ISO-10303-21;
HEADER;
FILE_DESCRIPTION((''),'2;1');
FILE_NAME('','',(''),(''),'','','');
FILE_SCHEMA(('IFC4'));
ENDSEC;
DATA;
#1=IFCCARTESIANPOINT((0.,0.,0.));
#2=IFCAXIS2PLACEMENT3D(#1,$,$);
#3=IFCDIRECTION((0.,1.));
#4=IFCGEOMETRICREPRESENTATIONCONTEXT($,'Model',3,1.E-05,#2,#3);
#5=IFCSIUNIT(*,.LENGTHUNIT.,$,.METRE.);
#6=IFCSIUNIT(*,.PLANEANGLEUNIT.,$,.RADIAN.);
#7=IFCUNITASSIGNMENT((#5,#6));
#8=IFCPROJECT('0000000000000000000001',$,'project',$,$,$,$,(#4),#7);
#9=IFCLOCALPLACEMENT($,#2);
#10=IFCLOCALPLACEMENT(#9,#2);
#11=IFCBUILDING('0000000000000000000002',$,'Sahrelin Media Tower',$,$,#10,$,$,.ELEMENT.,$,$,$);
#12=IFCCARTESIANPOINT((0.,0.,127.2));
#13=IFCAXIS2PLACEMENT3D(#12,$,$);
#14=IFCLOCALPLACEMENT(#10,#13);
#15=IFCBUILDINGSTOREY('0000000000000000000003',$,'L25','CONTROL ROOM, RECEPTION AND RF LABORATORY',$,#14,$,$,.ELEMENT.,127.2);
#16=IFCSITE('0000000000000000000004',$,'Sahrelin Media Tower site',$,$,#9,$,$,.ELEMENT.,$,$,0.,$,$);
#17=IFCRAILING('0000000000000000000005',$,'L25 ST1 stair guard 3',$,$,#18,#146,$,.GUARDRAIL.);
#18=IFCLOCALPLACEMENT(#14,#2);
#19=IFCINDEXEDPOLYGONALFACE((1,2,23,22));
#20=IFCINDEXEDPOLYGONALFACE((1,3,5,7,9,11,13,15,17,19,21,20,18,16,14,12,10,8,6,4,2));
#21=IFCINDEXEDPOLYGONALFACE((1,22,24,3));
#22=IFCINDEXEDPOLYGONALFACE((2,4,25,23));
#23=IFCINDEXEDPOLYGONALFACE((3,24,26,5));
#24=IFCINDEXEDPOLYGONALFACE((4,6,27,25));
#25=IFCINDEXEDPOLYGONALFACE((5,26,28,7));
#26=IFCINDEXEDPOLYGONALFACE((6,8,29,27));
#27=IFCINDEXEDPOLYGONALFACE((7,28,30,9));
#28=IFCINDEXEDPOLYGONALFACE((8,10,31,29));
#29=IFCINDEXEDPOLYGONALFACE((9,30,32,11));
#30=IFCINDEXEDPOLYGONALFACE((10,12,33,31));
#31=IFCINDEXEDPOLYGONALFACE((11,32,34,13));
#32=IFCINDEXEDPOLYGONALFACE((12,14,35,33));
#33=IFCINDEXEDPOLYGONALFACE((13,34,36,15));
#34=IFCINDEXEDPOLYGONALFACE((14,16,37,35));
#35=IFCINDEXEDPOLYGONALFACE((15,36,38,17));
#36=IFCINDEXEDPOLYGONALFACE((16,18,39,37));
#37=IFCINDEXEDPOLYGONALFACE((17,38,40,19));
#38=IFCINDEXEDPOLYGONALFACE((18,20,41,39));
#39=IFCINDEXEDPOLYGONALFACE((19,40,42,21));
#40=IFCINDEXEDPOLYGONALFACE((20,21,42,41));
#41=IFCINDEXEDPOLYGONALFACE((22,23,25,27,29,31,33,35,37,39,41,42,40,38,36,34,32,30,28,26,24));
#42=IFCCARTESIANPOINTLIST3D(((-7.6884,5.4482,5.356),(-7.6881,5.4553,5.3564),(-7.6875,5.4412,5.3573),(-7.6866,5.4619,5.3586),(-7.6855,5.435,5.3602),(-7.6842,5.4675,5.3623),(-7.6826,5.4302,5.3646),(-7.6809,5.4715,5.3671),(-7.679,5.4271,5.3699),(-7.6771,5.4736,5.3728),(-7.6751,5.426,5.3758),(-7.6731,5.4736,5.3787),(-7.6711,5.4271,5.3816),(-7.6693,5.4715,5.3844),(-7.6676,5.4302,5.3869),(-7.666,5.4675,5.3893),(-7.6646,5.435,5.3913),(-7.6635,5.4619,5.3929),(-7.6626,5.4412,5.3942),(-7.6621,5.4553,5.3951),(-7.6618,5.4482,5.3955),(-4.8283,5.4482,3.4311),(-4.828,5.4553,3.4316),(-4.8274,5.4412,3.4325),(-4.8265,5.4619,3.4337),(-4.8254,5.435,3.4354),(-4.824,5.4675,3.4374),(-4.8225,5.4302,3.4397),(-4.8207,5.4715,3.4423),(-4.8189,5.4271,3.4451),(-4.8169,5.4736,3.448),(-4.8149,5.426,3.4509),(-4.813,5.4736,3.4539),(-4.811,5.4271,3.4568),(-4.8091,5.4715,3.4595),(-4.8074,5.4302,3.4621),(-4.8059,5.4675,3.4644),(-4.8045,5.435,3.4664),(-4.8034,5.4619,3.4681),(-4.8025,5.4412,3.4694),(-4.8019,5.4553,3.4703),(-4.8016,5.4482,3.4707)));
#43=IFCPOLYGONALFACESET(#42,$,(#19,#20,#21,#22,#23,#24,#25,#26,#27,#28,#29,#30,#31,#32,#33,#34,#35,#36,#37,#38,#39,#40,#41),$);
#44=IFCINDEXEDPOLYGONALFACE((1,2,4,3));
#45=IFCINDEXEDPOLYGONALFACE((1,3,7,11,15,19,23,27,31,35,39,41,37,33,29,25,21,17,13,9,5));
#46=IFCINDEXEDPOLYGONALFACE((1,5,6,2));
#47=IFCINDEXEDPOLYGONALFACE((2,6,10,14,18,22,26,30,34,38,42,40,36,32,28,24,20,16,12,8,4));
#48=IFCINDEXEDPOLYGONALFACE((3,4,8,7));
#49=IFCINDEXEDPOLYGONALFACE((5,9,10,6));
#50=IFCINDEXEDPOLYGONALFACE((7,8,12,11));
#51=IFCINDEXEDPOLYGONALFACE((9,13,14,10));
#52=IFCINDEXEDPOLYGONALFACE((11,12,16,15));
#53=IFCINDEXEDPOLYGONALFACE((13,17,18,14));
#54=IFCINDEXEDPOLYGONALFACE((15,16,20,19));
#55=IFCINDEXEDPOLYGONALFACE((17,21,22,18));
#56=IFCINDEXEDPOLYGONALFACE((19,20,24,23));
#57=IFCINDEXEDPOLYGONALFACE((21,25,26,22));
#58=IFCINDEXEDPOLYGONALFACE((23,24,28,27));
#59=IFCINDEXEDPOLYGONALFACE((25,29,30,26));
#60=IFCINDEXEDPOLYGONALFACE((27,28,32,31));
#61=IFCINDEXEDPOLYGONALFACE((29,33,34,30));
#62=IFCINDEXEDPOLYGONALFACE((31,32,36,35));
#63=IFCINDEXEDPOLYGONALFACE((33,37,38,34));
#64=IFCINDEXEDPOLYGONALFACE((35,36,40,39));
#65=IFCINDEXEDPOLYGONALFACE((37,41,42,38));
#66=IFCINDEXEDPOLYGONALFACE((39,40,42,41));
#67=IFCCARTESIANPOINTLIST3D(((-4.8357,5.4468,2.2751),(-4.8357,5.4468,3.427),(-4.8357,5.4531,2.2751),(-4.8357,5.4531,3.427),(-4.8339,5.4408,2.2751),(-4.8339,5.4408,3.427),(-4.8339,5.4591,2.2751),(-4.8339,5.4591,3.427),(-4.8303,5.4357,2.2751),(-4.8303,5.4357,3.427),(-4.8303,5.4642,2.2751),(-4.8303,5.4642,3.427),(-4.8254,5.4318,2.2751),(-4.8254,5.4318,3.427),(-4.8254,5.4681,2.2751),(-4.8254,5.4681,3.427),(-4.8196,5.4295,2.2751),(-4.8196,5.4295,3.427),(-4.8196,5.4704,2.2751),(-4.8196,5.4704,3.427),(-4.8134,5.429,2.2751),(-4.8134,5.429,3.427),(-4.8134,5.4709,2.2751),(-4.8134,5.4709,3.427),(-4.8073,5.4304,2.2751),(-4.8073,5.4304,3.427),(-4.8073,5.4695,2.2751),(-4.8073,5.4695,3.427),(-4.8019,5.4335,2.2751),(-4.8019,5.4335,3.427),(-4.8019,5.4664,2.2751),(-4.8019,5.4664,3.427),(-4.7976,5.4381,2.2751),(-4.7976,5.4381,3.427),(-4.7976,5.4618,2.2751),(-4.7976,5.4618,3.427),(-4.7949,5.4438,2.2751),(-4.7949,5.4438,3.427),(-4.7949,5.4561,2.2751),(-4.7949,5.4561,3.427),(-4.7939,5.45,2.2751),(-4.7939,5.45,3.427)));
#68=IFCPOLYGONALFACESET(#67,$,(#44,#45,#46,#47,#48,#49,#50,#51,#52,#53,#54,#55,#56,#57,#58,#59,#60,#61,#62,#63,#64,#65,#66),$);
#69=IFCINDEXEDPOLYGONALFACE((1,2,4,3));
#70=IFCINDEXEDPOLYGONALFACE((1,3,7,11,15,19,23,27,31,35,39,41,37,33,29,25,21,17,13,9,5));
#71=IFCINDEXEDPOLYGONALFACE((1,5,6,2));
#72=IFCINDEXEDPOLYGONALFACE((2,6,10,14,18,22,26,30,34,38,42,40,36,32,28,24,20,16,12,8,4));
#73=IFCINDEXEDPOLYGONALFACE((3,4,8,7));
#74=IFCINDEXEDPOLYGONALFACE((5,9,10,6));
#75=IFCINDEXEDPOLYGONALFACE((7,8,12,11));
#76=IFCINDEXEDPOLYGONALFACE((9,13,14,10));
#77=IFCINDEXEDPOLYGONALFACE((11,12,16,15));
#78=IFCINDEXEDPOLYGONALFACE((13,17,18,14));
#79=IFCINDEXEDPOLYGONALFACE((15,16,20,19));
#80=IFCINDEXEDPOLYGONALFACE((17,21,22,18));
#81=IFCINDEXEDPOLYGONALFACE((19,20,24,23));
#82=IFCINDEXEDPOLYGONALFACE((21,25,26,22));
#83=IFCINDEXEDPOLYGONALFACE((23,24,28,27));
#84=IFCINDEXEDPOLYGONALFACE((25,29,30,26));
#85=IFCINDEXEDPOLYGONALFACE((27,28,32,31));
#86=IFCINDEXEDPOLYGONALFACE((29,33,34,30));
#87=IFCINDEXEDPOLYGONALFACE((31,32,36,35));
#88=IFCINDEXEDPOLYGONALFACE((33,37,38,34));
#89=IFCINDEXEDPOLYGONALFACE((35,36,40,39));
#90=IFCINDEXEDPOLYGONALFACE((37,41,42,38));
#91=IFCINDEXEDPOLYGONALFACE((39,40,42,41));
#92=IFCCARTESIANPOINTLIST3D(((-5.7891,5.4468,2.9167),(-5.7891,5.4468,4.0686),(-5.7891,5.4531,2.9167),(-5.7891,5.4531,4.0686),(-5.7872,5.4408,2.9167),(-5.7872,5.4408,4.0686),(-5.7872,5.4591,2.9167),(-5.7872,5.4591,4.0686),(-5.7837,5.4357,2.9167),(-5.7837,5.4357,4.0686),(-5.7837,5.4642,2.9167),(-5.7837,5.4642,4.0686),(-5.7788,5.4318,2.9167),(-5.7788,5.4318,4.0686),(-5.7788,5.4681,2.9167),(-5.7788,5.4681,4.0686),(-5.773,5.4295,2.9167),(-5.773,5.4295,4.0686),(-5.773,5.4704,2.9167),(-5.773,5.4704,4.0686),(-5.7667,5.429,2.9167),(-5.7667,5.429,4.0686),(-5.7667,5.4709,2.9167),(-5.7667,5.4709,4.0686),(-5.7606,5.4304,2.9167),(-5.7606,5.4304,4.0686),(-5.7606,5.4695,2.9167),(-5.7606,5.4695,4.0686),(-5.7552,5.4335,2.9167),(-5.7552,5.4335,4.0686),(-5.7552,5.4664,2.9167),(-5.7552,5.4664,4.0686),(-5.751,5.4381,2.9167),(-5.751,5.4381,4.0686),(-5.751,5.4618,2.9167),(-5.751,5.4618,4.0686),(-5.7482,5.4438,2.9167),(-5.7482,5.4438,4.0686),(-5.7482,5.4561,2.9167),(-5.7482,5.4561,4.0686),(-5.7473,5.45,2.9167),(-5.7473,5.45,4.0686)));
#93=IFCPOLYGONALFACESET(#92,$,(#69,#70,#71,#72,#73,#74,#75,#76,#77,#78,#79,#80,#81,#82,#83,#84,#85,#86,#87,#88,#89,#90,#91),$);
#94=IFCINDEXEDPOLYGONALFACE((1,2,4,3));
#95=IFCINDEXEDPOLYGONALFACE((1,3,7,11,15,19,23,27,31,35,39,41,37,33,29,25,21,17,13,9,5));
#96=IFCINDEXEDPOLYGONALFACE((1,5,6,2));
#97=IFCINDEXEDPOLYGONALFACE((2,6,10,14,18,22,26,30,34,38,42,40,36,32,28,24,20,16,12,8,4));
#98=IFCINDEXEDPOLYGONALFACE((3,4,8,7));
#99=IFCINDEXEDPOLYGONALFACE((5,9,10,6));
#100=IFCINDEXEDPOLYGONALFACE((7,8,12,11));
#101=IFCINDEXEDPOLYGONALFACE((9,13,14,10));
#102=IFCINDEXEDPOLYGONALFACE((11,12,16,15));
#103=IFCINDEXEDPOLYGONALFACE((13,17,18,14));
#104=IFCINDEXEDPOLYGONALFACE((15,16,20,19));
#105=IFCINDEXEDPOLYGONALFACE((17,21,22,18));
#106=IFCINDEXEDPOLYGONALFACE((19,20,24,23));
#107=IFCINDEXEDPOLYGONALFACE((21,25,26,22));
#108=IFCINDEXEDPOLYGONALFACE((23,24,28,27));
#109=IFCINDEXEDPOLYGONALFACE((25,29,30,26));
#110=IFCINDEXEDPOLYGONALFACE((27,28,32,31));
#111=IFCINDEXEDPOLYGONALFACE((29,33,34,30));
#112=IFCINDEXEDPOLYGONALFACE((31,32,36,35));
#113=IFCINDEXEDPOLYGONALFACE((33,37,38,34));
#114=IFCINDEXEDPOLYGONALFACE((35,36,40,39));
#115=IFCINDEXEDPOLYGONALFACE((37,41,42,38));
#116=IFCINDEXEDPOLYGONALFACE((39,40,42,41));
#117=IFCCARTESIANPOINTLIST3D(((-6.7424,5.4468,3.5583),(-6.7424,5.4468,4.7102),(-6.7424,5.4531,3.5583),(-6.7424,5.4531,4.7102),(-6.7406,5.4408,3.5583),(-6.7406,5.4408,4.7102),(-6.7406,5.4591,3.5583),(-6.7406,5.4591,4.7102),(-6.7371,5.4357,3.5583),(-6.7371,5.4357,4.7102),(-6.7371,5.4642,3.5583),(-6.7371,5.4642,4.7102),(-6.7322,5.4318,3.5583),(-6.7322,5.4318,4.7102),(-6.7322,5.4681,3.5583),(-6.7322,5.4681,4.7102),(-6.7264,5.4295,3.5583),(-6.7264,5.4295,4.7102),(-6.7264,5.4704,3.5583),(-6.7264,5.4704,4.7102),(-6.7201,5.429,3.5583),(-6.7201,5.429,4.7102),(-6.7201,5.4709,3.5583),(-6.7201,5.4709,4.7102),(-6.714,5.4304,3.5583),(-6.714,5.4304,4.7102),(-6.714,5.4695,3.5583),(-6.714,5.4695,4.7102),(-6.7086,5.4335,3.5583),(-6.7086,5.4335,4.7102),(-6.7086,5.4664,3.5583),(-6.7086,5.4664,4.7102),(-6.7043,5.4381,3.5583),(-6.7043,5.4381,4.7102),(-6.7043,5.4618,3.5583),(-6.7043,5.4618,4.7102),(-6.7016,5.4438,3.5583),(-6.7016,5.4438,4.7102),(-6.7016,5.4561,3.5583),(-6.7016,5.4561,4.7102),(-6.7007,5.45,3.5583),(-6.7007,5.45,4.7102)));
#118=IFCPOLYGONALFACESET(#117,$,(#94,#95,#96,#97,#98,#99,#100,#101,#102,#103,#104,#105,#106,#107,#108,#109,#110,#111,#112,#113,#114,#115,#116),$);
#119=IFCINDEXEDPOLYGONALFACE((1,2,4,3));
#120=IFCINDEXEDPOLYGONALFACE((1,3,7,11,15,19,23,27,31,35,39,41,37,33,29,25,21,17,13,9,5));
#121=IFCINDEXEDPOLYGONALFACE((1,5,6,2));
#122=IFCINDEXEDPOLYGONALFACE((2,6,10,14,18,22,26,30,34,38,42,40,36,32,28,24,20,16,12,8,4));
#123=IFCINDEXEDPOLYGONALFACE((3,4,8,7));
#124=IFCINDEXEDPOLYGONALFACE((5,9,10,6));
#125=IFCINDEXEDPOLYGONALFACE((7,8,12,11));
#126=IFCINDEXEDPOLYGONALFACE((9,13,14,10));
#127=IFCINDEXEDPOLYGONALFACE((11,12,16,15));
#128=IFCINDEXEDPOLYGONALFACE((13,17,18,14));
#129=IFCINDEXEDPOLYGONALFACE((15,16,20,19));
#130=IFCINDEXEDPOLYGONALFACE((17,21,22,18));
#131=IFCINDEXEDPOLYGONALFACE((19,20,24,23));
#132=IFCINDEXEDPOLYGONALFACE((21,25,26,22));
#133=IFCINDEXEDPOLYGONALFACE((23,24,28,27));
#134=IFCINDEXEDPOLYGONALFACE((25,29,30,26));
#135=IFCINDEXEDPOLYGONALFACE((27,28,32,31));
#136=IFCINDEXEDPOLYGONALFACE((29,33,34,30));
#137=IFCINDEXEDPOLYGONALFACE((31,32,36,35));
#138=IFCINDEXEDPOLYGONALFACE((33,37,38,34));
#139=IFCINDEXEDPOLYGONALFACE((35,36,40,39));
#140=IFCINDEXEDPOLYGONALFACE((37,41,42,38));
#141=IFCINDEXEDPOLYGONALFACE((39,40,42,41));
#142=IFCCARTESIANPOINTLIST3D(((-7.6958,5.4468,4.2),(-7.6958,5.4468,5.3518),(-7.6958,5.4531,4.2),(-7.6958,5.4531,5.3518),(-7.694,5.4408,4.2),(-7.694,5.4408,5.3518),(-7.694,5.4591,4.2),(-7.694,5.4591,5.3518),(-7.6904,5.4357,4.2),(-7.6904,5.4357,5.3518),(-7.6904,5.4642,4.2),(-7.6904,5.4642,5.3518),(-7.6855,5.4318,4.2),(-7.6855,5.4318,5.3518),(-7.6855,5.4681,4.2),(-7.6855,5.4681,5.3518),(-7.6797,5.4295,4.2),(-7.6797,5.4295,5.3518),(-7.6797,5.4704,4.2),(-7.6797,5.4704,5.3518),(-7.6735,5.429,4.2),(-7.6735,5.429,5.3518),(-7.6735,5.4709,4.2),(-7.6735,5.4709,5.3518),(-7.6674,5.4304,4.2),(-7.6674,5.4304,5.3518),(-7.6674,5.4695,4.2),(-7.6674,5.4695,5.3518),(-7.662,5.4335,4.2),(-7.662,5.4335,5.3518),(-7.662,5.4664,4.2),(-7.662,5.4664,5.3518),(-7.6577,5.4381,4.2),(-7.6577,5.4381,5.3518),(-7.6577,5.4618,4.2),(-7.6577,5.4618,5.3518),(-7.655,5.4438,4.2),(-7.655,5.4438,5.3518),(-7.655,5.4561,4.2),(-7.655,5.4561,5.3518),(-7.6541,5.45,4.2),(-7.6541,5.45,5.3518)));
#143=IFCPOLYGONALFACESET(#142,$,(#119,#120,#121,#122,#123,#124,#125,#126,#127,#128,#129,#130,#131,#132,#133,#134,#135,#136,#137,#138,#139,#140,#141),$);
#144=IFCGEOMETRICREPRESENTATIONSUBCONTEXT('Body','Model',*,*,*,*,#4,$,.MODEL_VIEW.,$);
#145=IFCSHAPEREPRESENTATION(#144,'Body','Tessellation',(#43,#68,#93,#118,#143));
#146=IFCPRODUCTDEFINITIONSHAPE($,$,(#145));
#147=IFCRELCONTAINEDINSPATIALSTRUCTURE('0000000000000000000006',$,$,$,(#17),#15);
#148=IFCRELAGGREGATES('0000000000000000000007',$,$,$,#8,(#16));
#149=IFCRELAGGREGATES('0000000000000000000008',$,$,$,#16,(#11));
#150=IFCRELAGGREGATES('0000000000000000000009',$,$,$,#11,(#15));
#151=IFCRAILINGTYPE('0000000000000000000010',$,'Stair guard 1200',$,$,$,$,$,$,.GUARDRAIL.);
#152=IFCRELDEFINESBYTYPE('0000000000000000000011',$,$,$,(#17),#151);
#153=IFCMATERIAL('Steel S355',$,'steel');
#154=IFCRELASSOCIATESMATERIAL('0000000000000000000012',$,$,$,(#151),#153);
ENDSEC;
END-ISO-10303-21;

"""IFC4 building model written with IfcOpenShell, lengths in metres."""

from ifc_helpers import new_model, si_unit, direction, frame, origin, origin_2d, place, context, subcontext, project, spatial, circle, extrude, material, type_object, element, save


model = new_model("IFC4")

# Units and contexts
model_context = context("Model", 3, precision=1e-05, world=origin(), true_north=direction((0.0, 1.0)))
body_context = subcontext(model_context, "Body", "Model", "MODEL_VIEW")
ifc_project = project(units=[si_unit("LENGTHUNIT", "METRE"), si_unit("PLANEANGLEUNIT", "RADIAN")], contexts=[model_context])

# Site, building, storey
site_placement = place(None, origin())
site = spatial("IfcSite", under=ifc_project, at=site_placement, Name="Sahrelin Media Tower site", CompositionType="ELEMENT", RefElevation=0.0)
building_placement = place(site_placement, origin())
building = spatial("IfcBuilding", under=site, at=building_placement, Name="Sahrelin Media Tower", CompositionType="ELEMENT")
storey_placement = place(building_placement, frame((0.0, 0.0, 127.2)))
storey = spatial("IfcBuildingStorey", under=building, at=storey_placement, Name="L25", Description="CONTROL ROOM, RECEPTION AND RF LABORATORY", CompositionType="ELEMENT", Elevation=127.2)

# Shared definitions
ifc_material_1 = material(Name="Steel S355", Category="steel")

# Railing
railing_type_1 = type_object("IfcRailingType", Name="Stair guard 1200", PredefinedType="GUARDRAIL", material=ifc_material_1)
railing_1_placement = place(storey_placement, frame((-4.8149, 5.45, 2.2751)))
element("IfcRailing", 1, at=railing_1_placement, inside=storey, type_object=railing_type_1, Name="L25 ST1 stair guard 3", PredefinedType="GUARDRAIL", context=body_context, shape_type="SweptSolid", body=[
    extrude(circle(Radius=0.0239, at=origin_2d()), frame((0.0, 0.0, 1.1758), z_axis=(-0.829624, 0.0, 0.558323), x_axis=(0.0, -1.0, 0.0)), (0.0, 0.0, 1.0), 3.4475),
    extrude(circle(Radius=0.021, at=origin_2d()), origin(), (0.0, 0.0, 1.0), 1.1519),
    extrude(circle(Radius=0.021, at=origin_2d()), frame((-0.9534, 0.0, 0.6416)), (0.0, 0.0, 1.0), 1.1519),
    extrude(circle(Radius=0.021, at=origin_2d()), frame((-1.9067, 0.0, 1.2832)), (0.0, 0.0, 1.0), 1.1519),
    extrude(circle(Radius=0.021, at=origin_2d()), frame((-2.8601, 0.0, 1.9248)), (0.0, 0.0, 1.0), 1.1519),
])

save(model, "model.ifc")
